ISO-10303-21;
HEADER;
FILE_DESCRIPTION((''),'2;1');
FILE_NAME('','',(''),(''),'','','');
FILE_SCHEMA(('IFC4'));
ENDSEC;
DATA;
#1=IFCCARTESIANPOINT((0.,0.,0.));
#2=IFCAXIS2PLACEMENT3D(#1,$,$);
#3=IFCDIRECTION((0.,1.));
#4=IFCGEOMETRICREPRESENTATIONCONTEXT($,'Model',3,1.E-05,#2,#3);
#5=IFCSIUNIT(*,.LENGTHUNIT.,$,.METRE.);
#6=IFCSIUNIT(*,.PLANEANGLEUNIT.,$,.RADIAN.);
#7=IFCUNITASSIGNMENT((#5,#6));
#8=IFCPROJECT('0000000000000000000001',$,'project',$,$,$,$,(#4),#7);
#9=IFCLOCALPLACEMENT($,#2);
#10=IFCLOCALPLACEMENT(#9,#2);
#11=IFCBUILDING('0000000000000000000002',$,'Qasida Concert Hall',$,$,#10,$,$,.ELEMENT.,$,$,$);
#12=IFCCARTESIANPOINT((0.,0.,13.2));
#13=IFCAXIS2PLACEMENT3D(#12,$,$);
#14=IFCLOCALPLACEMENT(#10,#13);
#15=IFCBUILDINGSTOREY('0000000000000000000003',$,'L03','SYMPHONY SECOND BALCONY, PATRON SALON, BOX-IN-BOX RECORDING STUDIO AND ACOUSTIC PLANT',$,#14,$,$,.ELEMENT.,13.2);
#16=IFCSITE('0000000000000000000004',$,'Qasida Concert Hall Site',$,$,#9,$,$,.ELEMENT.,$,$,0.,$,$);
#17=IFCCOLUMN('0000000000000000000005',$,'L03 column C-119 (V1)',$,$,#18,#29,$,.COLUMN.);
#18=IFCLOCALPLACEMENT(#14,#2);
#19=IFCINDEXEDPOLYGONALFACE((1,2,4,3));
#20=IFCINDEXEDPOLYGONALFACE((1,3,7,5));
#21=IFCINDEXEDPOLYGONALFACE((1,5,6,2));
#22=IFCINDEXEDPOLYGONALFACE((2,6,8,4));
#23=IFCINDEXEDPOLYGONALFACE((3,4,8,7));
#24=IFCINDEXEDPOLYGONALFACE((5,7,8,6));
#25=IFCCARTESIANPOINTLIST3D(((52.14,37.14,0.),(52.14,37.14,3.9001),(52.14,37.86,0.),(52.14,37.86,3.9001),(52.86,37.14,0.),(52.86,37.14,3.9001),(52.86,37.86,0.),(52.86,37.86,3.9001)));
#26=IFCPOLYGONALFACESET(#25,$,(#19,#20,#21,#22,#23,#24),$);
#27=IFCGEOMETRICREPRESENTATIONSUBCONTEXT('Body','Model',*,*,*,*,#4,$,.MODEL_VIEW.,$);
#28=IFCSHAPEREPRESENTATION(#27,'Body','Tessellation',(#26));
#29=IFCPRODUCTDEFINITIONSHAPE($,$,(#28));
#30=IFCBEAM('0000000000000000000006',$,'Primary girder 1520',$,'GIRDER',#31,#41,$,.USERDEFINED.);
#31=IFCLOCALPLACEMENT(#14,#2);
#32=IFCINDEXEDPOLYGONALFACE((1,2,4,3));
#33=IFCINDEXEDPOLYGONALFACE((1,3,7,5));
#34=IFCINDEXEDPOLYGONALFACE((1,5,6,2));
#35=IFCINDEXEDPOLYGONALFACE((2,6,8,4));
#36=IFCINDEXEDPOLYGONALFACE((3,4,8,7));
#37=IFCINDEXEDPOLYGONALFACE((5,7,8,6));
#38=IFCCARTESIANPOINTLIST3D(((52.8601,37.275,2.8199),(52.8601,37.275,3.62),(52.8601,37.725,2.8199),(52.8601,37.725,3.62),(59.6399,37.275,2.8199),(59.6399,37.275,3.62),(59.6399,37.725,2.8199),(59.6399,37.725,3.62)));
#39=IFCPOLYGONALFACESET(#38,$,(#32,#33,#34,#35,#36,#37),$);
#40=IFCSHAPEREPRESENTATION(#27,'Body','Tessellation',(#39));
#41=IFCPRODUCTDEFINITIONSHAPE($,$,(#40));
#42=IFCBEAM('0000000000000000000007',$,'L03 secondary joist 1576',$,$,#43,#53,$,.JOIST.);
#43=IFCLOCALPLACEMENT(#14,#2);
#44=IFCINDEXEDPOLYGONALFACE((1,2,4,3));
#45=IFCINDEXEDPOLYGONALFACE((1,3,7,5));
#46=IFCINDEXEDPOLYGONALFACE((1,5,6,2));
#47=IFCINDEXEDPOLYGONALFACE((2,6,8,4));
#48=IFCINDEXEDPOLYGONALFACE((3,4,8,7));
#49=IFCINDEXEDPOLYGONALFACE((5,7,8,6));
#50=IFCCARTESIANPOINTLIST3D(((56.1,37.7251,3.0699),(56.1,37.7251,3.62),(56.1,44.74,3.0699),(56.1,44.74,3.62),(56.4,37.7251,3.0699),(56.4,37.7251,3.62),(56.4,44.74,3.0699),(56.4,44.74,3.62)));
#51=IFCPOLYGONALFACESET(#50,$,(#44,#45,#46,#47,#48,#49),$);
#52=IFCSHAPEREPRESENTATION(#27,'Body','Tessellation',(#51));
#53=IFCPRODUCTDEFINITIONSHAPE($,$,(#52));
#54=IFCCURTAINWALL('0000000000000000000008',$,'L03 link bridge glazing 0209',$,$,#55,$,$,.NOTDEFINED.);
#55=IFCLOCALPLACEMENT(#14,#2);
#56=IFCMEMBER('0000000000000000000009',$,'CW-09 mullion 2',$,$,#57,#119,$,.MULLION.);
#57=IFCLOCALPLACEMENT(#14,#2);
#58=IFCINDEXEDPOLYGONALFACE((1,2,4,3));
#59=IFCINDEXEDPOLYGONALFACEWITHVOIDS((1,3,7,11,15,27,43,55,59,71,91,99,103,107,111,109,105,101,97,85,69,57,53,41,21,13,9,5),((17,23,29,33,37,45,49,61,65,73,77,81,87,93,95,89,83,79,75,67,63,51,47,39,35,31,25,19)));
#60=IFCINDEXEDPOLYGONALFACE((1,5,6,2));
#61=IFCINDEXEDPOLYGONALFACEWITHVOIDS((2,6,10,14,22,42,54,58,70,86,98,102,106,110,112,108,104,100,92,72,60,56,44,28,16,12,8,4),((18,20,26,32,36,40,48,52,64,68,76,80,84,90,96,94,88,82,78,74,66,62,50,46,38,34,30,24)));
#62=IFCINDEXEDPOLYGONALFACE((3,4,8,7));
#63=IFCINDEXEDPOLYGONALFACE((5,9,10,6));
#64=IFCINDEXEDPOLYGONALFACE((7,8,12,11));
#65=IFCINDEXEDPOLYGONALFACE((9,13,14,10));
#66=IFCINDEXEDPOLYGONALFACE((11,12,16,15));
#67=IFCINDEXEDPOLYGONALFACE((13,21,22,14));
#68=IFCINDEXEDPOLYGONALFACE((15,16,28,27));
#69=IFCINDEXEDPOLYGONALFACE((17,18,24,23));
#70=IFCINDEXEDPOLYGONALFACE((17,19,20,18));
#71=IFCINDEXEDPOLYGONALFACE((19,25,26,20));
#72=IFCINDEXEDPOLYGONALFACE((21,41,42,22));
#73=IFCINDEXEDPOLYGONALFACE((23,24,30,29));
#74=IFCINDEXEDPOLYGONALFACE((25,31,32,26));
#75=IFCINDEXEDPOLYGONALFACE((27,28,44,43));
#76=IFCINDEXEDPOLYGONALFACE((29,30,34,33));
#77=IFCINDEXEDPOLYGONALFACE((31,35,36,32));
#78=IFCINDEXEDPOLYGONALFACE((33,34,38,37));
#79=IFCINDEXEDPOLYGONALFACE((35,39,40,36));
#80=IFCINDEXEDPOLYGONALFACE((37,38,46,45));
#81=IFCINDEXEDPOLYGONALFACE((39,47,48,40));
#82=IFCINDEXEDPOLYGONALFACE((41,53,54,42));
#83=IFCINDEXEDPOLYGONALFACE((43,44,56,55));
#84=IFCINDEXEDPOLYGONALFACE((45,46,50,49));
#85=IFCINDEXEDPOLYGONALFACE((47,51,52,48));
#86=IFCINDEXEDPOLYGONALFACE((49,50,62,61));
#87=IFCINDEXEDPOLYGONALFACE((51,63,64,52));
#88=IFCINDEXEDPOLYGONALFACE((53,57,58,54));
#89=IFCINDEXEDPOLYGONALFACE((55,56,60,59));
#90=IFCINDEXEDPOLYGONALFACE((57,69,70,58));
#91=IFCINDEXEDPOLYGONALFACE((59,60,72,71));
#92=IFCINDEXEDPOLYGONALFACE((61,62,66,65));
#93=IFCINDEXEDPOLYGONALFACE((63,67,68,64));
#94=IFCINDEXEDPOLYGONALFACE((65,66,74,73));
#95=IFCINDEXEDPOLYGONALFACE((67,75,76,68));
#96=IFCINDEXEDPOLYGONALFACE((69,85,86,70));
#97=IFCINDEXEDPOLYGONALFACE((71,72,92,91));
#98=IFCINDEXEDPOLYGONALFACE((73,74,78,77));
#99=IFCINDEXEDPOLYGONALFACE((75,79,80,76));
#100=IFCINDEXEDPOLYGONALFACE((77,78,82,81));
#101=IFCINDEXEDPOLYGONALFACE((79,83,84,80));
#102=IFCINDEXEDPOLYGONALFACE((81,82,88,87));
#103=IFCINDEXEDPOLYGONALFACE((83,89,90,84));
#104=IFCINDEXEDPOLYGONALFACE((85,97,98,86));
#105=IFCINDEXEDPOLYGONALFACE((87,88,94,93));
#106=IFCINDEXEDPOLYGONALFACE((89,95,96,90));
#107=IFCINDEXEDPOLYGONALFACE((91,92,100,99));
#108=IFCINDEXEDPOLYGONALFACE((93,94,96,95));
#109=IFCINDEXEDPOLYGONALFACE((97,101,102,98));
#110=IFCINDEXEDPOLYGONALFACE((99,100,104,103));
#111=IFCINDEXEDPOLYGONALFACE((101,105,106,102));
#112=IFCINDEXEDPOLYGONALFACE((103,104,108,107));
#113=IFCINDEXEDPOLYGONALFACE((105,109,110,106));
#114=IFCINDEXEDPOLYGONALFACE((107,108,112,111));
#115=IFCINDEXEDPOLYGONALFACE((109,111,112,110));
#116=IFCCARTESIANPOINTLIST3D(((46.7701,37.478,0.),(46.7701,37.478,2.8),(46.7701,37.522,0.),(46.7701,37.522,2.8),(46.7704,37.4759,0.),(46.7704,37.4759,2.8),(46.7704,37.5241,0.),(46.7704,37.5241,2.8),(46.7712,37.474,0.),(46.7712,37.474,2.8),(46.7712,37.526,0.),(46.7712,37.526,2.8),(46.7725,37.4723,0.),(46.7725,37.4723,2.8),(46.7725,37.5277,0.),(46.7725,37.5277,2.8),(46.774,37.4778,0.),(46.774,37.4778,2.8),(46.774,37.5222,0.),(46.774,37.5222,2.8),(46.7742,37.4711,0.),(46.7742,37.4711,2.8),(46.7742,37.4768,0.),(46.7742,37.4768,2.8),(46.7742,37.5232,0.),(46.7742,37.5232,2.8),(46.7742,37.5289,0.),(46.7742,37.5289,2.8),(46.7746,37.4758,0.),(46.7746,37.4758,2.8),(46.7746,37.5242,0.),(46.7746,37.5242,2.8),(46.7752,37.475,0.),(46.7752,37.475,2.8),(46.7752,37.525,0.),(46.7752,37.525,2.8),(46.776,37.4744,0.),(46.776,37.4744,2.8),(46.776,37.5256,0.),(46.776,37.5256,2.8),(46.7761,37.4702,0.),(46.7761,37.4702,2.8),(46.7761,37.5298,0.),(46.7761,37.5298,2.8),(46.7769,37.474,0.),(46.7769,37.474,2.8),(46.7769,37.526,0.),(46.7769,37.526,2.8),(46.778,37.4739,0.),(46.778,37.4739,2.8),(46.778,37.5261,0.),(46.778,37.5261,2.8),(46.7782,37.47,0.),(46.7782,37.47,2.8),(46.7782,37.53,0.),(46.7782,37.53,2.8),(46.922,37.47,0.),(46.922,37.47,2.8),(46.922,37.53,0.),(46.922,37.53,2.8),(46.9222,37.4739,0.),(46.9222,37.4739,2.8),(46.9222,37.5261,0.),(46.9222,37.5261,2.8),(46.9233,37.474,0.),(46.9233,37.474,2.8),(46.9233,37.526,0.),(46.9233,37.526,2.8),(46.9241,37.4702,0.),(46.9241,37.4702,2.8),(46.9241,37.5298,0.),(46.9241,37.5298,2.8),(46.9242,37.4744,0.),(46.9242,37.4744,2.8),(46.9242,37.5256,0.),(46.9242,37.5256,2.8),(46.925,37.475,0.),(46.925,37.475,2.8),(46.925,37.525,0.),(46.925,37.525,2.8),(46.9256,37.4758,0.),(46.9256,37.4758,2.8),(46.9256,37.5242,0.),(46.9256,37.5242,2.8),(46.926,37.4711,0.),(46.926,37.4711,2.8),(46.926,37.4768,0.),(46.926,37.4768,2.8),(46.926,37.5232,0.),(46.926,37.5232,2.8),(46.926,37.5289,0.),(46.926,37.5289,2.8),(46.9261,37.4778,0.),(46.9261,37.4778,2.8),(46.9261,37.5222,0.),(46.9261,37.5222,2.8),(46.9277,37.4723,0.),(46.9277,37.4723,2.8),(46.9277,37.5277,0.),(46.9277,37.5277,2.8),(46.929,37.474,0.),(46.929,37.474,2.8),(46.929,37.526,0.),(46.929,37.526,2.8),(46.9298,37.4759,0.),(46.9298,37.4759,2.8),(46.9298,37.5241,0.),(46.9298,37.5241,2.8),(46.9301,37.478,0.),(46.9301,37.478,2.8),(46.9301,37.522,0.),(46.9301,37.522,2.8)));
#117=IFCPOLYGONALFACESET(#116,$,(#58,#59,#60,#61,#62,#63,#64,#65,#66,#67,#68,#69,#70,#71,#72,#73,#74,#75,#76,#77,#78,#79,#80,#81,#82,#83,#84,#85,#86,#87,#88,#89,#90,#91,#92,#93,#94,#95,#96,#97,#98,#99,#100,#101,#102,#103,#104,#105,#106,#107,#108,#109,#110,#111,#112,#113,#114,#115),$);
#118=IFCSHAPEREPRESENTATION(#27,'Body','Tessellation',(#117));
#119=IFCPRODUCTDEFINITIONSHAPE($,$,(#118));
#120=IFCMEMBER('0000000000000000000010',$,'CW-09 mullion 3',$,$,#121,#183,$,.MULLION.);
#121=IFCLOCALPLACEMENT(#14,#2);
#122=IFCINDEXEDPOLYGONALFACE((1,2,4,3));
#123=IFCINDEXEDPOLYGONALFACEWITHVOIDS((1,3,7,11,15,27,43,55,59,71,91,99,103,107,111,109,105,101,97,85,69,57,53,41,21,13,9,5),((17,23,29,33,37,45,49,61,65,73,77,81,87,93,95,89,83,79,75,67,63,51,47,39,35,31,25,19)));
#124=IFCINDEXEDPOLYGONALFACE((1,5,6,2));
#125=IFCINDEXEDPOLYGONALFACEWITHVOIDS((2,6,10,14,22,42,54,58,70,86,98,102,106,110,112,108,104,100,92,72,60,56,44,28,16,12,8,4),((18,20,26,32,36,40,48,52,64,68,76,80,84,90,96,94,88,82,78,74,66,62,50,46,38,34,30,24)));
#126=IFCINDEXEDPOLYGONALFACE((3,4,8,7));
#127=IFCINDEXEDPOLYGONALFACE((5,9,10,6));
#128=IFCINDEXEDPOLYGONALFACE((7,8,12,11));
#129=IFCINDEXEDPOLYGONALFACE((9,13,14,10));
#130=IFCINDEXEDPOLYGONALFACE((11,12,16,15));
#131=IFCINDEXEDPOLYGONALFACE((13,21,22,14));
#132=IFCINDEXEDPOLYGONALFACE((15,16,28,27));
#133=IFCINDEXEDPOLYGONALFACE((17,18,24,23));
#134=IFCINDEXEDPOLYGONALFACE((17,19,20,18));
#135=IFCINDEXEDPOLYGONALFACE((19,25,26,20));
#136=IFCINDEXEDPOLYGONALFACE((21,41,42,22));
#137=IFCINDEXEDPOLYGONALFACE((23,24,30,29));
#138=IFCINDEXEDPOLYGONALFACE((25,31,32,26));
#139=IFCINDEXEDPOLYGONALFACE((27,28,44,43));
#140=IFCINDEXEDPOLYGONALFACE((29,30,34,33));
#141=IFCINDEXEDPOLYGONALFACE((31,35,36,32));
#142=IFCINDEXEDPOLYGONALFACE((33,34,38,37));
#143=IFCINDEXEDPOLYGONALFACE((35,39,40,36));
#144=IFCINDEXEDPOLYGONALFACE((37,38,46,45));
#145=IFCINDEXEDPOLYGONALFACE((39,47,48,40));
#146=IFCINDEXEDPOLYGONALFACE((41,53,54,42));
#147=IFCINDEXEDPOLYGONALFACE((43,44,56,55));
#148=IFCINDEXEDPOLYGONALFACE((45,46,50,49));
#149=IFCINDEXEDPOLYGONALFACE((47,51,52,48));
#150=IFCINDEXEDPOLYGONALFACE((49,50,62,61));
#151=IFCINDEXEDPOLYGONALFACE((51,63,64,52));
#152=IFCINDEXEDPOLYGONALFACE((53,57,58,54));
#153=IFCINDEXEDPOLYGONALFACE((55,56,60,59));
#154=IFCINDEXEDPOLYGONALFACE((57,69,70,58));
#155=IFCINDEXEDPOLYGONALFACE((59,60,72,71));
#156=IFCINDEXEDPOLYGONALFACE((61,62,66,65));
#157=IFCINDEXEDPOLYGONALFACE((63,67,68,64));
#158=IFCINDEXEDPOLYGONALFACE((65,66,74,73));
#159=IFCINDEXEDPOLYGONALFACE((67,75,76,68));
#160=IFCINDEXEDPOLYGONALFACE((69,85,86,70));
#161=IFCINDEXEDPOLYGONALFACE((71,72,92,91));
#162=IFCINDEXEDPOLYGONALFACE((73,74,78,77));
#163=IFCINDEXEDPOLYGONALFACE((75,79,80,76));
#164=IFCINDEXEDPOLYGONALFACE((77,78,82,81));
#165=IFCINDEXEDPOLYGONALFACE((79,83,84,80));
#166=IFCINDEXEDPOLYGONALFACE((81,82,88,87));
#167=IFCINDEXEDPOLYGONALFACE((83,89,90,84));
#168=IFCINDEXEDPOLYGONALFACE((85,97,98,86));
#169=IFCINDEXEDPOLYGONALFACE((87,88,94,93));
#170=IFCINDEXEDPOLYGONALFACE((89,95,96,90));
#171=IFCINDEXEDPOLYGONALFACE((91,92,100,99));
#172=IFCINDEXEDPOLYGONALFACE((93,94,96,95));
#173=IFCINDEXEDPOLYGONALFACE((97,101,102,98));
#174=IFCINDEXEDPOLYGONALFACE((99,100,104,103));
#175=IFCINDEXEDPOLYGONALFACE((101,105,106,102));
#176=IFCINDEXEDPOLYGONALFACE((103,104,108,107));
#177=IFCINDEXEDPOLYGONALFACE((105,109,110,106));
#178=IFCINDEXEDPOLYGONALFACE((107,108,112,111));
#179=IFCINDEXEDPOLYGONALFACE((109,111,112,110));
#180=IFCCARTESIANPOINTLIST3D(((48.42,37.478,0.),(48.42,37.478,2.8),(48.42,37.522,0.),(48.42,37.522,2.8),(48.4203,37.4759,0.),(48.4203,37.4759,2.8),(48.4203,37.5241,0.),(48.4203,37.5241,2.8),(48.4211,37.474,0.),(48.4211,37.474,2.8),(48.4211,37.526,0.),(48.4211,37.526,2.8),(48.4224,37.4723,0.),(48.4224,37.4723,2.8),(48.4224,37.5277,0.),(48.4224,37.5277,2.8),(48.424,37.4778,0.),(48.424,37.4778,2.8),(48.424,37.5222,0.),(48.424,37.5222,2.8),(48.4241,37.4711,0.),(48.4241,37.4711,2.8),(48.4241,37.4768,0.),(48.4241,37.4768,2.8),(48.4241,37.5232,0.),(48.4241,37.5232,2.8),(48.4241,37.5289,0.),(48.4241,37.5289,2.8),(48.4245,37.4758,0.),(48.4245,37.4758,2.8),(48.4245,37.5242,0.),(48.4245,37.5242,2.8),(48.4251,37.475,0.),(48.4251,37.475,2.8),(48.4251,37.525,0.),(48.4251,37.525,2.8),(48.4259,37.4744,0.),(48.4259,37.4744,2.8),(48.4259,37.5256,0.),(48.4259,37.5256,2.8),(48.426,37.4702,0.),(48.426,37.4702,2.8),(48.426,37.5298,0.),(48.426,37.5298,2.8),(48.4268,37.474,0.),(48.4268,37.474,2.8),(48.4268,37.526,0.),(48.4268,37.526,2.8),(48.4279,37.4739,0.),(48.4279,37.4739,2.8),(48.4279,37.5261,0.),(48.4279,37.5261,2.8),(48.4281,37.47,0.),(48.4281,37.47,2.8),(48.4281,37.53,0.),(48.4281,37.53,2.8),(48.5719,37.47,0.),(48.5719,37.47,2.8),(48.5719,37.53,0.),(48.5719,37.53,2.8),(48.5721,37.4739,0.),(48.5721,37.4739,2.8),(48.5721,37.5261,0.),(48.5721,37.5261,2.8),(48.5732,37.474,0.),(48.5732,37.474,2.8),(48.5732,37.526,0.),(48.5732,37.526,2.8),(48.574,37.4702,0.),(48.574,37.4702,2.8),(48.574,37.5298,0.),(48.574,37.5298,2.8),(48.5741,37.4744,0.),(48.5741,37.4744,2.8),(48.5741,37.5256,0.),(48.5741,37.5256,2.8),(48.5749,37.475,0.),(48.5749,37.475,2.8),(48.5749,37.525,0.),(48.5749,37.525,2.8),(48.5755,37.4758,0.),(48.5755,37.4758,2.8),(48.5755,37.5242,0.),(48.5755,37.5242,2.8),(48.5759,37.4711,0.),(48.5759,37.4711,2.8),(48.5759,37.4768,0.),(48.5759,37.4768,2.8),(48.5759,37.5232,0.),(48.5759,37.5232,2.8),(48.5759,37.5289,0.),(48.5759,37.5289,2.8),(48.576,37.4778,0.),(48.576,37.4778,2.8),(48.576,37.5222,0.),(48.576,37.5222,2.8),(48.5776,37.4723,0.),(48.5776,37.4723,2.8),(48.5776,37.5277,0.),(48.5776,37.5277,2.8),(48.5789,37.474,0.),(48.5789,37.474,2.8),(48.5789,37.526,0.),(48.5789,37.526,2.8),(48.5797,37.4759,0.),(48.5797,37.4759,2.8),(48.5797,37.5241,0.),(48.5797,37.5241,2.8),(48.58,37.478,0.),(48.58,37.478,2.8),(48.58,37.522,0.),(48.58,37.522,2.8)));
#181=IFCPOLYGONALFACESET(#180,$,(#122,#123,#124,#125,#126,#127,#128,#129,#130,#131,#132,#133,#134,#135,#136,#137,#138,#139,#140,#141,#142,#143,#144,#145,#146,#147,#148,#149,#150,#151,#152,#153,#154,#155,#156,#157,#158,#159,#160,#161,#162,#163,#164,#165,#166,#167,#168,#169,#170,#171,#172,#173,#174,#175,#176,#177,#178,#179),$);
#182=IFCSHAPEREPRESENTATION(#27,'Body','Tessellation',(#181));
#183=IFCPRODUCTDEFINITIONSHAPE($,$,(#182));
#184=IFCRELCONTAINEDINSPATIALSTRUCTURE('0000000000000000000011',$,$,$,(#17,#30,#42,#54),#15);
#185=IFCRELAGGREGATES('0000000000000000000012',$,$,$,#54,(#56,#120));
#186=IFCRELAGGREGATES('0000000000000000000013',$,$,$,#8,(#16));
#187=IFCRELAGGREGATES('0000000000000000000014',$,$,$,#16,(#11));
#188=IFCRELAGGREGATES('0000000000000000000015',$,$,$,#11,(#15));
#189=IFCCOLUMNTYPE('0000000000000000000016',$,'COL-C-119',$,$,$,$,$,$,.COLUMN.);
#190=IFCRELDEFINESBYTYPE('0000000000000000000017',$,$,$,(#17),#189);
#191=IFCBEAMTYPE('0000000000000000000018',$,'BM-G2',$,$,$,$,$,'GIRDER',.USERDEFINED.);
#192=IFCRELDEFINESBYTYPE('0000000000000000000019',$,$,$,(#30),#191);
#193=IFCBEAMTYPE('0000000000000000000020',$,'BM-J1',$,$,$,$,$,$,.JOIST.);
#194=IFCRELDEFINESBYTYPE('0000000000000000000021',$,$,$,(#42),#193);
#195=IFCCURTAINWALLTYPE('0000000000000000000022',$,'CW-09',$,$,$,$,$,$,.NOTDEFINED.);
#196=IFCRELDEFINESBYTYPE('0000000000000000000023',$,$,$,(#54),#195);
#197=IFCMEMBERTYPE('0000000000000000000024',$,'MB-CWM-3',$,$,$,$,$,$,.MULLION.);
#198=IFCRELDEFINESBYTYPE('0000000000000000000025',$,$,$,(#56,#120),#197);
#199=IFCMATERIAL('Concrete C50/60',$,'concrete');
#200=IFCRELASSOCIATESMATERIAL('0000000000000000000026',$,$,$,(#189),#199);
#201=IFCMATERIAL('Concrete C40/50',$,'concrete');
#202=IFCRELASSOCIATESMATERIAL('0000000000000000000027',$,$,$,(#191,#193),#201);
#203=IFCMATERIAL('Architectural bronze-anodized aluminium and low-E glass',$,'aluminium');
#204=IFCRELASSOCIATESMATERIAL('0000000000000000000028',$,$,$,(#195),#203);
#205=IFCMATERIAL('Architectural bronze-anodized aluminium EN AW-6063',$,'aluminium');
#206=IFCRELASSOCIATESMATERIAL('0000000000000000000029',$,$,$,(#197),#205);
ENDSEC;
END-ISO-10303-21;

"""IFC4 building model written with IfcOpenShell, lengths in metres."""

from ifc_helpers import new_model, si_unit, direction, frame, origin, origin_2d, place, context, subcontext, project, spatial, rectangle, hollow_rectangle, extrude, material, material_profile, profile_set, type_object, element, aggregate, save


model = new_model("IFC4")

# Units and contexts
model_context = context("Model", 3, precision=1e-05, world=origin(), true_north=direction((0.0, 1.0)))
body_context = subcontext(model_context, "Body", "Model", "MODEL_VIEW")
ifc_project = project(units=[si_unit("LENGTHUNIT", "METRE"), si_unit("PLANEANGLEUNIT", "RADIAN")], contexts=[model_context])

# Site, building, storey
site_placement = place(None, origin())
site = spatial("IfcSite", under=ifc_project, at=site_placement, Name="Qasida Concert Hall Site", CompositionType="ELEMENT", RefElevation=0.0)
building_placement = place(site_placement, origin())
building = spatial("IfcBuilding", under=site, at=building_placement, Name="Qasida Concert Hall", CompositionType="ELEMENT")
storey_placement = place(building_placement, frame((0.0, 0.0, 13.2)))
storey = spatial("IfcBuildingStorey", under=building, at=storey_placement, Name="L03", Description="SYMPHONY SECOND BALCONY, PATRON SALON, BOX-IN-BOX RECORDING STUDIO AND ACOUSTIC PLANT", CompositionType="ELEMENT", Elevation=13.2)

# Column
ifc_material_1 = material(Name="Concrete C50/60", Category="concrete")
ifc_material_profile_1 = material_profile(ifc_material_1, rectangle(XDim=0.72, YDim=0.72, at=origin_2d()), Name="RC 720x720")
ifc_profile_set_1 = profile_set([ifc_material_profile_1], Name="Concrete C50/60")
column_type = type_object("IfcColumnType", Name="COL-C-119", PredefinedType="COLUMN", material=ifc_profile_set_1)
column_placement = place(storey_placement, frame((52.5, 37.5, 0.0), z_axis=(0.0, 0.0, 1.0), x_axis=(1.0, 0.0, 0.0)))
element("IfcColumn", 1, at=column_placement, inside=storey, type_object=column_type, Name="L03 column C-119 (V1)", PredefinedType="COLUMN", context=body_context, shape_type="SweptSolid", body=[
    extrude(rectangle(XDim=0.72, YDim=0.72, at=origin_2d()), origin(), (0.0, 0.0, 1.0), 3.9001),
])

# Beams
ifc_material_2 = material(Name="Concrete C40/50", Category="concrete")
ifc_material_profile_2 = material_profile(ifc_material_2, rectangle(XDim=0.45, YDim=0.8, at=origin_2d()), Name="RC 450x800")
ifc_profile_set_2 = profile_set([ifc_material_profile_2], Name="Concrete C40/50")
beam_type_1 = type_object("IfcBeamType", Name="BM-G2", ElementType="GIRDER", PredefinedType="USERDEFINED", material=ifc_profile_set_2)
beam_1_placement = place(storey_placement, frame((52.8601, 37.5, 3.22), z_axis=(1.0, 0.0, 0.0), x_axis=(0.0, 1.0, 0.0)))
element("IfcBeam", 2, at=beam_1_placement, inside=storey, type_object=beam_type_1, Name="Primary girder 1520", ObjectType="GIRDER", PredefinedType="USERDEFINED", context=body_context, shape_type="SweptSolid", body=[
    extrude(rectangle(XDim=0.45, YDim=0.8, at=origin_2d()), origin(), (0.0, 0.0, 1.0), 6.7798),
])
ifc_material_profile_3 = material_profile(ifc_material_2, rectangle(XDim=0.3, YDim=0.55, at=origin_2d()), Name="RC 300x550")
ifc_profile_set_3 = profile_set([ifc_material_profile_3], Name="Concrete C40/50")
beam_type_2 = type_object("IfcBeamType", Name="BM-J1", PredefinedType="JOIST", material=ifc_profile_set_3)
beam_2_placement = place(storey_placement, frame((56.25, 37.7251, 3.345), z_axis=(0.0, 1.0, 0.0), x_axis=(-1.0, 0.0, 0.0)))
element("IfcBeam", 3, at=beam_2_placement, inside=storey, type_object=beam_type_2, Name="L03 secondary joist 1576", PredefinedType="JOIST", context=body_context, shape_type="SweptSolid", body=[
    extrude(rectangle(XDim=0.3, YDim=0.55, at=origin_2d()), origin(), (0.0, 0.0, 1.0), 7.0149),
])

# Curtain wall, members
ifc_material_3 = material(Name="Architectural bronze-anodized aluminium and low-E glass", Category="aluminium")
curtain_wall_type = type_object("IfcCurtainWallType", Name="CW-09", PredefinedType="NOTDEFINED", material=ifc_material_3)
curtain_wall_placement = place(storey_placement, origin())
curtain_wall = element("IfcCurtainWall", 4, at=curtain_wall_placement, inside=storey, type_object=curtain_wall_type, Name="L03 link bridge glazing 0209", PredefinedType="NOTDEFINED")
ifc_material_4 = material(Name="Architectural bronze-anodized aluminium EN AW-6063", Category="aluminium")
ifc_material_profile_4 = material_profile(ifc_material_4, hollow_rectangle(XDim=0.0601, YDim=0.1599, WallThickness=0.0039, InnerFilletRadius=0.0039, OuterFilletRadius=0.0081, at=origin_2d()), Name="CWM 160x60x4")
ifc_profile_set_4 = profile_set([ifc_material_profile_4], Name="Architectural bronze-anodized aluminium EN AW-6063")
member_type_1 = type_object("IfcMemberType", Name="MB-CWM-3", PredefinedType="MULLION", material=ifc_profile_set_4)
member_1_placement = place(storey_placement, frame((46.8501, 37.5, 0.0), z_axis=(0.0, 0.0, 1.0), x_axis=(0.0, 1.0, 0.0)))
member_1 = element("IfcMember", 5, at=member_1_placement, type_object=member_type_1, Name="CW-09 mullion 2", PredefinedType="MULLION", context=body_context, shape_type="SweptSolid", body=[
    extrude(hollow_rectangle(XDim=0.0601, YDim=0.1599, WallThickness=0.0039, InnerFilletRadius=0.0039, OuterFilletRadius=0.0081, at=origin_2d()), origin(), (0.0, 0.0, 1.0), 2.8),
])
member_2_placement = place(storey_placement, frame((48.5, 37.5, 0.0), z_axis=(0.0, 0.0, 1.0), x_axis=(0.0, 1.0, 0.0)))
member_2 = element("IfcMember", 6, at=member_2_placement, type_object=member_type_1, Name="CW-09 mullion 3", PredefinedType="MULLION", context=body_context, shape_type="SweptSolid", body=[
    extrude(hollow_rectangle(XDim=0.0601, YDim=0.1599, WallThickness=0.0039, InnerFilletRadius=0.0039, OuterFilletRadius=0.0081, at=origin_2d()), origin(), (0.0, 0.0, 1.0), 2.8),
])
aggregate(curtain_wall, [member_1, member_2])

save(model, "model.ifc")
